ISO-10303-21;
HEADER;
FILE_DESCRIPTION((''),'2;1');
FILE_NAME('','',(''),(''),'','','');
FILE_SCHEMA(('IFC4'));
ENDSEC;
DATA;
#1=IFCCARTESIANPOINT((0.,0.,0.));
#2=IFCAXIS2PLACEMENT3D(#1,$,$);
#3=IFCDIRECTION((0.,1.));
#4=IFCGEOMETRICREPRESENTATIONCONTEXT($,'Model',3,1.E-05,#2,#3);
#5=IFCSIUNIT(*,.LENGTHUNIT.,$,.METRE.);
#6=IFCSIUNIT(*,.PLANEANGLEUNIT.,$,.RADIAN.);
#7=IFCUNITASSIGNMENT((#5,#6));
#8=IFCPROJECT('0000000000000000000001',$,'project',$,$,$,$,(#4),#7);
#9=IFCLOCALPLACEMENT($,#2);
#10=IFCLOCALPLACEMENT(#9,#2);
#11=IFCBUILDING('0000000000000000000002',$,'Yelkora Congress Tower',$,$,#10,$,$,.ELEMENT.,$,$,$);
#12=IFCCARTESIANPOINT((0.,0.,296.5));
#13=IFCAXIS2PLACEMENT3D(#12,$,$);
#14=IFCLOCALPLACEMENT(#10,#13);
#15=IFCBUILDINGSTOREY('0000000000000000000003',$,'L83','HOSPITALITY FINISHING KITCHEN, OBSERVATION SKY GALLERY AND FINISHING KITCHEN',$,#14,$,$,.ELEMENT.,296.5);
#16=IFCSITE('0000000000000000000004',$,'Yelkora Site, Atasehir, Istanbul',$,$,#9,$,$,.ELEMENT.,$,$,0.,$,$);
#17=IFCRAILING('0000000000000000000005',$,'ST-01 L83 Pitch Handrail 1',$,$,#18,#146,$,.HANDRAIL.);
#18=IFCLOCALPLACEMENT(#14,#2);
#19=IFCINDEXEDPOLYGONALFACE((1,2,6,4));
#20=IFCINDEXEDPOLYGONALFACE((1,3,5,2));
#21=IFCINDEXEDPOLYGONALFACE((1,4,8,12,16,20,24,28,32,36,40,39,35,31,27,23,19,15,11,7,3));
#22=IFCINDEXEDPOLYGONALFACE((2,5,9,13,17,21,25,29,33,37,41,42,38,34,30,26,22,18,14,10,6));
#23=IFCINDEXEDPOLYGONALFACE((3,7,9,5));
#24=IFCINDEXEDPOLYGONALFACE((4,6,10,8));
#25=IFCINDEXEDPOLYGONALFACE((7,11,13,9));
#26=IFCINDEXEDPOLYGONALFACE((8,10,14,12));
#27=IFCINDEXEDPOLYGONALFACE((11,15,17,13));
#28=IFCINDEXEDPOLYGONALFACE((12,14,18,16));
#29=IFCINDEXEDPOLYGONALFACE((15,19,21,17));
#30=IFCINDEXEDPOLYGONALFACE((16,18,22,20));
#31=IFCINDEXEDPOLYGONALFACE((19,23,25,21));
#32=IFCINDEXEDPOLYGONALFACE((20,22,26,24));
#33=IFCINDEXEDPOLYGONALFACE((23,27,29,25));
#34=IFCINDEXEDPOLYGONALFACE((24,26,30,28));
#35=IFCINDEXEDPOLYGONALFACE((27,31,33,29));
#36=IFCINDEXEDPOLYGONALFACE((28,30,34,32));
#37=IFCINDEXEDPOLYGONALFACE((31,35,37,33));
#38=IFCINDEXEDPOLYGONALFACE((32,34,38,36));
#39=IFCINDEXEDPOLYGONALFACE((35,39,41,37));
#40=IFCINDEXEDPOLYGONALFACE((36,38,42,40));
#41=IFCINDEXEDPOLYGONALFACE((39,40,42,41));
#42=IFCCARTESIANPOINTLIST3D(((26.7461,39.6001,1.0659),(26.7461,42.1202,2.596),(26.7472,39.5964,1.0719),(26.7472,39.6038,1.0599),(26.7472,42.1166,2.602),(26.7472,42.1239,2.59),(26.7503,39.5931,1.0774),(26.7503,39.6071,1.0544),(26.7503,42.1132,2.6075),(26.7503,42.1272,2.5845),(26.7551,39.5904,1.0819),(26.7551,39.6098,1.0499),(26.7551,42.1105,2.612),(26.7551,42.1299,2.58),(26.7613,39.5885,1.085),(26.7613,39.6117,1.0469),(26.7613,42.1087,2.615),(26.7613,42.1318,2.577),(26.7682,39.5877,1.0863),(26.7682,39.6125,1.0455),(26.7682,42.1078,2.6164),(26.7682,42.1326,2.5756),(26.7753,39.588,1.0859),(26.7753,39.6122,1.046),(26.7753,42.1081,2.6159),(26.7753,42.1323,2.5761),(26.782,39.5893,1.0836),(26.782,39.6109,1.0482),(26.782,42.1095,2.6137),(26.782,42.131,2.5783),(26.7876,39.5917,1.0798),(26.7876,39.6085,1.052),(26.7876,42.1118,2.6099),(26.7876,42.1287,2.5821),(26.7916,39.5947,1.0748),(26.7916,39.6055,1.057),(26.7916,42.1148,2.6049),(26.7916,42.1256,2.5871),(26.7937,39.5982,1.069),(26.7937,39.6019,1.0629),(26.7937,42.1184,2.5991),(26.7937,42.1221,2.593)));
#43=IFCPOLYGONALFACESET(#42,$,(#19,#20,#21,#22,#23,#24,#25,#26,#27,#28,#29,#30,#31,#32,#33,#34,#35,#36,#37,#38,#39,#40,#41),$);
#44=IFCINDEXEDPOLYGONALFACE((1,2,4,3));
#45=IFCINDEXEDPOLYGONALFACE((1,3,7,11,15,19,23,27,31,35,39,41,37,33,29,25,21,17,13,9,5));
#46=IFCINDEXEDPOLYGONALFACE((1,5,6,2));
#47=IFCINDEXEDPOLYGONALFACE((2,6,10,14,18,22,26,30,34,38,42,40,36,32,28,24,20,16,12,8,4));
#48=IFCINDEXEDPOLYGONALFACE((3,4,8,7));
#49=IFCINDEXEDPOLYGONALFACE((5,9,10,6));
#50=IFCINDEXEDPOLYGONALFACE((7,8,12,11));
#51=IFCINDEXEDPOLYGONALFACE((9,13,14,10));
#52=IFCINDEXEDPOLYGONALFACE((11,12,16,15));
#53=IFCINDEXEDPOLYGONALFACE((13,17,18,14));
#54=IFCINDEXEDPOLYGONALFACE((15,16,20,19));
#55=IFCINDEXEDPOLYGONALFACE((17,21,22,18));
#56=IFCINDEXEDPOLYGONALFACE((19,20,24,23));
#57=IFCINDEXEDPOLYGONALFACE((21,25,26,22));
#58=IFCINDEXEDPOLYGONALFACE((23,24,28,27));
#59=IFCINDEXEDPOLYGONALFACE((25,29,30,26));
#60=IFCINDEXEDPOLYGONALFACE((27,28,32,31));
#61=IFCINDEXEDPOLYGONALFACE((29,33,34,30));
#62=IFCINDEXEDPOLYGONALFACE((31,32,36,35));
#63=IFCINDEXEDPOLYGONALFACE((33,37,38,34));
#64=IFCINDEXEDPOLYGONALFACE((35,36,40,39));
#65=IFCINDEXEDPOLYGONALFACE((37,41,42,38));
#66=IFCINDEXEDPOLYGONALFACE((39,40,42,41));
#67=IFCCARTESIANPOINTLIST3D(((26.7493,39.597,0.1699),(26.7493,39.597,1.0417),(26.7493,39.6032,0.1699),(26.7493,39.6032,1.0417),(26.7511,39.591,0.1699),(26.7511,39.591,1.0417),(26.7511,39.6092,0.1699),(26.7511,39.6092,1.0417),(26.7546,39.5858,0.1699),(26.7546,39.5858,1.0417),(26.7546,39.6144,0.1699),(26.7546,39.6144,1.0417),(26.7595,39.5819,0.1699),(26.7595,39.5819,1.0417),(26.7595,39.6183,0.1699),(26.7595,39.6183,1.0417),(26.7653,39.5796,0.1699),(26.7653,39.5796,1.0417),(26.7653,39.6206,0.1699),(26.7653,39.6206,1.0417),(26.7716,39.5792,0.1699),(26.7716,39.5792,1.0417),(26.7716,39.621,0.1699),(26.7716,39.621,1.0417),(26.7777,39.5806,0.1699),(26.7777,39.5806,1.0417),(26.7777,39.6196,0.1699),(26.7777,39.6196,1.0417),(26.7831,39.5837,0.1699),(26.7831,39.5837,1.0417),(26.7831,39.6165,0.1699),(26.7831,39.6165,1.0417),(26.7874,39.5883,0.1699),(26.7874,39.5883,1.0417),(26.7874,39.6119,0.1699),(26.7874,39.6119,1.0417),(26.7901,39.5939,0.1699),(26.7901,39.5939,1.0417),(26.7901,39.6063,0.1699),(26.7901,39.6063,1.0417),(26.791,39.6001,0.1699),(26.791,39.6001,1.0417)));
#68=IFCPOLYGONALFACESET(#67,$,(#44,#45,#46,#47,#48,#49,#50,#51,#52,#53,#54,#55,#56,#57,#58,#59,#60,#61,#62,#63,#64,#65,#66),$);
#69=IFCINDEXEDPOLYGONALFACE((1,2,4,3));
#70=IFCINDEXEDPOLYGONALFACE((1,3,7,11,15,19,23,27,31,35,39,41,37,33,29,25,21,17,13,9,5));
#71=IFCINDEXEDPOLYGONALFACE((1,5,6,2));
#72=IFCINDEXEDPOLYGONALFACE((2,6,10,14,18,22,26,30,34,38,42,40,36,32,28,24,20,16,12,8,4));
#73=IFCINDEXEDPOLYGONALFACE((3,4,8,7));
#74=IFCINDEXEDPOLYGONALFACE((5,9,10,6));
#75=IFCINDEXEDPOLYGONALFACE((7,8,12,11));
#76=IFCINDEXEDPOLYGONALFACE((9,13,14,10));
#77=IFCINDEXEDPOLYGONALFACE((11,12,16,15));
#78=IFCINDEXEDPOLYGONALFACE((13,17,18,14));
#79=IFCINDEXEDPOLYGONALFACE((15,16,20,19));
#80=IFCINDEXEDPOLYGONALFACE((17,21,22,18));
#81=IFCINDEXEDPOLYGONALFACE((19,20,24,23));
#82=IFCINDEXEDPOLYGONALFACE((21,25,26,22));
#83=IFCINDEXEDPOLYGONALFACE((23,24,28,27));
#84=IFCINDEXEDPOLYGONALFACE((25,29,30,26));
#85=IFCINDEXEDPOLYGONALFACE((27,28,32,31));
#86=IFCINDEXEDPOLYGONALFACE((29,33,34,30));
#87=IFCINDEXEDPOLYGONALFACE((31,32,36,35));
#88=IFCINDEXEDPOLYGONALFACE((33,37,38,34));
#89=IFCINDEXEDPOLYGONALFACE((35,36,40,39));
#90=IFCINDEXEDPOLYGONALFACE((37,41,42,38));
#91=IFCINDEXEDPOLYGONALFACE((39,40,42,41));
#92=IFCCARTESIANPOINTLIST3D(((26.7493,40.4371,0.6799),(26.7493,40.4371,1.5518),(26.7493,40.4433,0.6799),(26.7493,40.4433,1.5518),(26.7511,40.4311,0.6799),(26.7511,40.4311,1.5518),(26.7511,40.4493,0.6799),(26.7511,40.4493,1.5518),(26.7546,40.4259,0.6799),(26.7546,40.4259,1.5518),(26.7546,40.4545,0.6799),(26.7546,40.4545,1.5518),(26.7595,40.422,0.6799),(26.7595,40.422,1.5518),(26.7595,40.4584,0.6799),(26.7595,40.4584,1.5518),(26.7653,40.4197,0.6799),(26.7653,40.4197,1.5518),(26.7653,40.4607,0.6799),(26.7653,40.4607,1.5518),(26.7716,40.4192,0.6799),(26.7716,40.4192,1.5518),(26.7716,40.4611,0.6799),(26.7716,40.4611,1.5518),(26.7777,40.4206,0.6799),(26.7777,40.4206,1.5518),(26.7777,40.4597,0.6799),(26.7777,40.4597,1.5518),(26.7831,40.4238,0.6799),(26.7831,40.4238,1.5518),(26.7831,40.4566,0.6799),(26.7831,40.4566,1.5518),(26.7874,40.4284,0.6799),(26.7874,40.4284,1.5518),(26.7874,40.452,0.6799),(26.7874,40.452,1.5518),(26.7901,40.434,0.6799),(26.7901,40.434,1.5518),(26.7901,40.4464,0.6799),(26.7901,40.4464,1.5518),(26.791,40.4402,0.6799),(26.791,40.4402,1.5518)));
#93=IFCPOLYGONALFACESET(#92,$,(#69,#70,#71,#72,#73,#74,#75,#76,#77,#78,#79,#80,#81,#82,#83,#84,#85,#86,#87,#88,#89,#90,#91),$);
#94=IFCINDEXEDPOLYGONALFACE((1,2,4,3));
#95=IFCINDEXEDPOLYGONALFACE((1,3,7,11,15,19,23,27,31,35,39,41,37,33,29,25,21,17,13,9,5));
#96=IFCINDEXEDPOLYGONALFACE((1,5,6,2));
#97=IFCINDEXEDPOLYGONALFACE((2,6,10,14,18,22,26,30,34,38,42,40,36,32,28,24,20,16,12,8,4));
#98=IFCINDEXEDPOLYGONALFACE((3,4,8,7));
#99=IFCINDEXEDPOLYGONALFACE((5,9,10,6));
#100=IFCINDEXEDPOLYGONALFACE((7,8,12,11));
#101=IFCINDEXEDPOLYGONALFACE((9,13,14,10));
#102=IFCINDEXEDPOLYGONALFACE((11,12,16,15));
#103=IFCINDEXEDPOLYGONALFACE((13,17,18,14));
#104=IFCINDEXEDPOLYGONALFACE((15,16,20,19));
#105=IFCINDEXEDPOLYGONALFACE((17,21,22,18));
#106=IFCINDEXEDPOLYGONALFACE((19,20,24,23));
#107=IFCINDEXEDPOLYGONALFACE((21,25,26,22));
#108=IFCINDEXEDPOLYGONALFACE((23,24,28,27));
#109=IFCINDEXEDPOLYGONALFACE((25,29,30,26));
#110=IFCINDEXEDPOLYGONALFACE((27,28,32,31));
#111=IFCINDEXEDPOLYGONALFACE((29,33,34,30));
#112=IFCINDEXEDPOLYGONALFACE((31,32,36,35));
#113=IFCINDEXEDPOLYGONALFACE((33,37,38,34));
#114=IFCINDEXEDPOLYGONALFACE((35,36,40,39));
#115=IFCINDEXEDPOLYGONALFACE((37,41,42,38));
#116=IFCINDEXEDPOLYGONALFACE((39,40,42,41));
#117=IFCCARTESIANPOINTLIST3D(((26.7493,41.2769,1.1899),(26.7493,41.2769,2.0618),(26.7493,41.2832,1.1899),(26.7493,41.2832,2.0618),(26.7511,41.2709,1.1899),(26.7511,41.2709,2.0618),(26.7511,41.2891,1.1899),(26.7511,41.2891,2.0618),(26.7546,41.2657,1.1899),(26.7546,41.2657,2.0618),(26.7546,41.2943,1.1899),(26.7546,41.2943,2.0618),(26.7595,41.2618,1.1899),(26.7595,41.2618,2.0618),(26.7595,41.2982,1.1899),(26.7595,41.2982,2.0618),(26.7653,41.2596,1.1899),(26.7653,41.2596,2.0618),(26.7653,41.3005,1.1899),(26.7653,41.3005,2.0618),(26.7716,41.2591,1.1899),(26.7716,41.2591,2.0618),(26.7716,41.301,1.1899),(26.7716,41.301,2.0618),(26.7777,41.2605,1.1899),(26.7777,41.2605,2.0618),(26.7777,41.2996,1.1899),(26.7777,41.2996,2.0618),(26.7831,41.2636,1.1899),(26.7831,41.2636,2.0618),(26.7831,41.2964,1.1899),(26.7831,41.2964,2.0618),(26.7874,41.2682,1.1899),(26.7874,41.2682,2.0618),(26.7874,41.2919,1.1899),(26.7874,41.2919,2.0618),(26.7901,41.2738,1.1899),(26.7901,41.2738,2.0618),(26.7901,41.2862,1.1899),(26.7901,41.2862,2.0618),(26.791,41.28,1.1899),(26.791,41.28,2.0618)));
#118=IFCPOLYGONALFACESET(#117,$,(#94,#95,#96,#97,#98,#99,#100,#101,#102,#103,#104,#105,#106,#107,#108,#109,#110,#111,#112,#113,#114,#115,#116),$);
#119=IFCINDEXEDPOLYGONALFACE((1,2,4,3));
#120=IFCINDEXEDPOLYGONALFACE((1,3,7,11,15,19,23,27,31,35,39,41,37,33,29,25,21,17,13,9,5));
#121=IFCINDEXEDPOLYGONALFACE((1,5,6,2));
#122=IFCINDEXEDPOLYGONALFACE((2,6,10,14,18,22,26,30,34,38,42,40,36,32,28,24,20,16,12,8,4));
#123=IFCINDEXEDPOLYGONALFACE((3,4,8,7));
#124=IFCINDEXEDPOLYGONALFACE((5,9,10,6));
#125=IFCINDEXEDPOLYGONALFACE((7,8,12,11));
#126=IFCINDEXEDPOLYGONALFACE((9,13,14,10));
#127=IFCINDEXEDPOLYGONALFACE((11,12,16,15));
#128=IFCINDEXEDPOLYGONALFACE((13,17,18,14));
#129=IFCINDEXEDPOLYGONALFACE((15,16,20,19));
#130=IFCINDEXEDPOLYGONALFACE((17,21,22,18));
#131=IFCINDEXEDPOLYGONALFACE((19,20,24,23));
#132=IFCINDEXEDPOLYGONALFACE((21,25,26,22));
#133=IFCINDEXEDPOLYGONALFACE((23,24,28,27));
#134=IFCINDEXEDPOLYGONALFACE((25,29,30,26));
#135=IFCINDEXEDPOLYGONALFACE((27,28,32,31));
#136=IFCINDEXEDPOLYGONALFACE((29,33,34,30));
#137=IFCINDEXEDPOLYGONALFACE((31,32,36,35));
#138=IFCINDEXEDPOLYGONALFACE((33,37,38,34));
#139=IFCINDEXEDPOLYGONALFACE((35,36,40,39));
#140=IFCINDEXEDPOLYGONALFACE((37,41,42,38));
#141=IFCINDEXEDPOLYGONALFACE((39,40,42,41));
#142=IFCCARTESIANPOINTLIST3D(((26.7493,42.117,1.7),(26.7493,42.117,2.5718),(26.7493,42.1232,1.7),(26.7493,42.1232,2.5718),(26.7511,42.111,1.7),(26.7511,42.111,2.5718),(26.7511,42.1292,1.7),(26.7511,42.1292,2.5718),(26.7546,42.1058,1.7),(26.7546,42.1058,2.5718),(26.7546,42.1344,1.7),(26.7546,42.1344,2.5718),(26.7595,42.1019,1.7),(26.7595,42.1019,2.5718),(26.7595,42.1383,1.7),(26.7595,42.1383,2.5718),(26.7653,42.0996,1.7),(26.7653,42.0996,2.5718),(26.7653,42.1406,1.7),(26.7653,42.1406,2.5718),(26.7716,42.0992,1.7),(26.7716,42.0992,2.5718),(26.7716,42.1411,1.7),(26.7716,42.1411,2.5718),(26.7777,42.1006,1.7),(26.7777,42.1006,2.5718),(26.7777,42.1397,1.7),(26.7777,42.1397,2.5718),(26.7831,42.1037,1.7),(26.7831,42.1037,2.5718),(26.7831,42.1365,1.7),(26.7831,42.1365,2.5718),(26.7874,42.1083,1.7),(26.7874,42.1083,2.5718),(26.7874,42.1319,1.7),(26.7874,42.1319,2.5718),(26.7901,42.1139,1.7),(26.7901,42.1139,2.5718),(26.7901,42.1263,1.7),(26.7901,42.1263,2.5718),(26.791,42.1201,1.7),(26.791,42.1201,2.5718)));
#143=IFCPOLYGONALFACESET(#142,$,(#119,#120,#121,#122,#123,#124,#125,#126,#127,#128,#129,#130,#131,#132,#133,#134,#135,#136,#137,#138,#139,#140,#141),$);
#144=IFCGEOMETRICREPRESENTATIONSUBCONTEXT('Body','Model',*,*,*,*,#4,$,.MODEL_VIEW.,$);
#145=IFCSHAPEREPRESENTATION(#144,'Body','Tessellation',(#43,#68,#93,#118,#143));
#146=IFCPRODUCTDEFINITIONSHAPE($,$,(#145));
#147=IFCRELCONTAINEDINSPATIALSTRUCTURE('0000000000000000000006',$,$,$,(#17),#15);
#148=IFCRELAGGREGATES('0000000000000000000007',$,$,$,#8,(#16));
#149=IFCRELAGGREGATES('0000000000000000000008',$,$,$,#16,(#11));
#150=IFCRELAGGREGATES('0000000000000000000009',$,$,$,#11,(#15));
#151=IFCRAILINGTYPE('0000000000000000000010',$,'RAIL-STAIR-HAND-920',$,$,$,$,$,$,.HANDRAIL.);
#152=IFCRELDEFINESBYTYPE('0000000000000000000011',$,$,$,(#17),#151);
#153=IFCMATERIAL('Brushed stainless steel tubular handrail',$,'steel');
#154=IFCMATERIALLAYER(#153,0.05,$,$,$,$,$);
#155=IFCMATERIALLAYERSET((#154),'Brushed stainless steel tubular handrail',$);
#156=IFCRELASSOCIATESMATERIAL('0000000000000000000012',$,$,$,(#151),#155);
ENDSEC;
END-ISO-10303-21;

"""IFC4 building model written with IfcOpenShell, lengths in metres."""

from ifc_helpers import new_model, si_unit, direction, frame, origin, origin_2d, place, context, subcontext, project, spatial, circle, extrude, material, layer, layer_set, type_object, element, save


model = new_model("IFC4")

# Units and contexts
model_context = context("Model", 3, precision=1e-05, world=origin(), true_north=direction((0.0, 1.0)))
body_context = subcontext(model_context, "Body", "Model", "MODEL_VIEW")
ifc_project = project(units=[si_unit("LENGTHUNIT", "METRE"), si_unit("PLANEANGLEUNIT", "RADIAN")], contexts=[model_context])

# Site, building, storey
site_placement = place(None, origin())
site = spatial("IfcSite", under=ifc_project, at=site_placement, Name="Yelkora Site, Atasehir, Istanbul", CompositionType="ELEMENT", RefElevation=0.0)
building_placement = place(site_placement, origin())
building = spatial("IfcBuilding", under=site, at=building_placement, Name="Yelkora Congress Tower", CompositionType="ELEMENT")
storey_placement = place(building_placement, frame((0.0, 0.0, 296.5)))
storey = spatial("IfcBuildingStorey", under=building, at=storey_placement, Name="L83", Description="HOSPITALITY FINISHING KITCHEN, OBSERVATION SKY GALLERY AND FINISHING KITCHEN", CompositionType="ELEMENT", Elevation=296.5)

# Railing
ifc_material_1 = material(Name="Brushed stainless steel tubular handrail", Category="steel")
ifc_layer_1 = layer(ifc_material_1, 0.05)
ifc_layer_set_1 = layer_set([ifc_layer_1], Name="Brushed stainless steel tubular handrail")
railing_type_1 = type_object("IfcRailingType", Name="RAIL-STAIR-HAND-920", PredefinedType="HANDRAIL", material=ifc_layer_set_1)
railing_1_placement = place(storey_placement, frame((26.77, 39.6001, 0.1699)))
element("IfcRailing", 1, at=railing_1_placement, inside=storey, type_object=railing_type_1, Name="ST-01 L83 Pitch Handrail 1", PredefinedType="HANDRAIL", context=body_context, shape_type="SweptSolid", body=[
    extrude(circle(Radius=0.0239, at=origin_2d()), frame((0.0, 0.0, 0.896), z_axis=(0.0, 0.854785, 0.518982), x_axis=(-1.0, 0.0, 0.0)), (0.0, 0.0, 1.0), 2.9482),
    extrude(circle(Radius=0.021, at=origin_2d()), origin(), (0.0, 0.0, 1.0), 0.8718),
    extrude(circle(Radius=0.021, at=origin_2d()), frame((0.0, 0.8401, 0.51)), (0.0, 0.0, 1.0), 0.8718),
    extrude(circle(Radius=0.021, at=origin_2d()), frame((0.0, 1.6799, 1.02)), (0.0, 0.0, 1.0), 0.8718),
    extrude(circle(Radius=0.021, at=origin_2d()), frame((0.0, 2.52, 1.53)), (0.0, 0.0, 1.0), 0.8718),
])

save(model, "model.ifc")
